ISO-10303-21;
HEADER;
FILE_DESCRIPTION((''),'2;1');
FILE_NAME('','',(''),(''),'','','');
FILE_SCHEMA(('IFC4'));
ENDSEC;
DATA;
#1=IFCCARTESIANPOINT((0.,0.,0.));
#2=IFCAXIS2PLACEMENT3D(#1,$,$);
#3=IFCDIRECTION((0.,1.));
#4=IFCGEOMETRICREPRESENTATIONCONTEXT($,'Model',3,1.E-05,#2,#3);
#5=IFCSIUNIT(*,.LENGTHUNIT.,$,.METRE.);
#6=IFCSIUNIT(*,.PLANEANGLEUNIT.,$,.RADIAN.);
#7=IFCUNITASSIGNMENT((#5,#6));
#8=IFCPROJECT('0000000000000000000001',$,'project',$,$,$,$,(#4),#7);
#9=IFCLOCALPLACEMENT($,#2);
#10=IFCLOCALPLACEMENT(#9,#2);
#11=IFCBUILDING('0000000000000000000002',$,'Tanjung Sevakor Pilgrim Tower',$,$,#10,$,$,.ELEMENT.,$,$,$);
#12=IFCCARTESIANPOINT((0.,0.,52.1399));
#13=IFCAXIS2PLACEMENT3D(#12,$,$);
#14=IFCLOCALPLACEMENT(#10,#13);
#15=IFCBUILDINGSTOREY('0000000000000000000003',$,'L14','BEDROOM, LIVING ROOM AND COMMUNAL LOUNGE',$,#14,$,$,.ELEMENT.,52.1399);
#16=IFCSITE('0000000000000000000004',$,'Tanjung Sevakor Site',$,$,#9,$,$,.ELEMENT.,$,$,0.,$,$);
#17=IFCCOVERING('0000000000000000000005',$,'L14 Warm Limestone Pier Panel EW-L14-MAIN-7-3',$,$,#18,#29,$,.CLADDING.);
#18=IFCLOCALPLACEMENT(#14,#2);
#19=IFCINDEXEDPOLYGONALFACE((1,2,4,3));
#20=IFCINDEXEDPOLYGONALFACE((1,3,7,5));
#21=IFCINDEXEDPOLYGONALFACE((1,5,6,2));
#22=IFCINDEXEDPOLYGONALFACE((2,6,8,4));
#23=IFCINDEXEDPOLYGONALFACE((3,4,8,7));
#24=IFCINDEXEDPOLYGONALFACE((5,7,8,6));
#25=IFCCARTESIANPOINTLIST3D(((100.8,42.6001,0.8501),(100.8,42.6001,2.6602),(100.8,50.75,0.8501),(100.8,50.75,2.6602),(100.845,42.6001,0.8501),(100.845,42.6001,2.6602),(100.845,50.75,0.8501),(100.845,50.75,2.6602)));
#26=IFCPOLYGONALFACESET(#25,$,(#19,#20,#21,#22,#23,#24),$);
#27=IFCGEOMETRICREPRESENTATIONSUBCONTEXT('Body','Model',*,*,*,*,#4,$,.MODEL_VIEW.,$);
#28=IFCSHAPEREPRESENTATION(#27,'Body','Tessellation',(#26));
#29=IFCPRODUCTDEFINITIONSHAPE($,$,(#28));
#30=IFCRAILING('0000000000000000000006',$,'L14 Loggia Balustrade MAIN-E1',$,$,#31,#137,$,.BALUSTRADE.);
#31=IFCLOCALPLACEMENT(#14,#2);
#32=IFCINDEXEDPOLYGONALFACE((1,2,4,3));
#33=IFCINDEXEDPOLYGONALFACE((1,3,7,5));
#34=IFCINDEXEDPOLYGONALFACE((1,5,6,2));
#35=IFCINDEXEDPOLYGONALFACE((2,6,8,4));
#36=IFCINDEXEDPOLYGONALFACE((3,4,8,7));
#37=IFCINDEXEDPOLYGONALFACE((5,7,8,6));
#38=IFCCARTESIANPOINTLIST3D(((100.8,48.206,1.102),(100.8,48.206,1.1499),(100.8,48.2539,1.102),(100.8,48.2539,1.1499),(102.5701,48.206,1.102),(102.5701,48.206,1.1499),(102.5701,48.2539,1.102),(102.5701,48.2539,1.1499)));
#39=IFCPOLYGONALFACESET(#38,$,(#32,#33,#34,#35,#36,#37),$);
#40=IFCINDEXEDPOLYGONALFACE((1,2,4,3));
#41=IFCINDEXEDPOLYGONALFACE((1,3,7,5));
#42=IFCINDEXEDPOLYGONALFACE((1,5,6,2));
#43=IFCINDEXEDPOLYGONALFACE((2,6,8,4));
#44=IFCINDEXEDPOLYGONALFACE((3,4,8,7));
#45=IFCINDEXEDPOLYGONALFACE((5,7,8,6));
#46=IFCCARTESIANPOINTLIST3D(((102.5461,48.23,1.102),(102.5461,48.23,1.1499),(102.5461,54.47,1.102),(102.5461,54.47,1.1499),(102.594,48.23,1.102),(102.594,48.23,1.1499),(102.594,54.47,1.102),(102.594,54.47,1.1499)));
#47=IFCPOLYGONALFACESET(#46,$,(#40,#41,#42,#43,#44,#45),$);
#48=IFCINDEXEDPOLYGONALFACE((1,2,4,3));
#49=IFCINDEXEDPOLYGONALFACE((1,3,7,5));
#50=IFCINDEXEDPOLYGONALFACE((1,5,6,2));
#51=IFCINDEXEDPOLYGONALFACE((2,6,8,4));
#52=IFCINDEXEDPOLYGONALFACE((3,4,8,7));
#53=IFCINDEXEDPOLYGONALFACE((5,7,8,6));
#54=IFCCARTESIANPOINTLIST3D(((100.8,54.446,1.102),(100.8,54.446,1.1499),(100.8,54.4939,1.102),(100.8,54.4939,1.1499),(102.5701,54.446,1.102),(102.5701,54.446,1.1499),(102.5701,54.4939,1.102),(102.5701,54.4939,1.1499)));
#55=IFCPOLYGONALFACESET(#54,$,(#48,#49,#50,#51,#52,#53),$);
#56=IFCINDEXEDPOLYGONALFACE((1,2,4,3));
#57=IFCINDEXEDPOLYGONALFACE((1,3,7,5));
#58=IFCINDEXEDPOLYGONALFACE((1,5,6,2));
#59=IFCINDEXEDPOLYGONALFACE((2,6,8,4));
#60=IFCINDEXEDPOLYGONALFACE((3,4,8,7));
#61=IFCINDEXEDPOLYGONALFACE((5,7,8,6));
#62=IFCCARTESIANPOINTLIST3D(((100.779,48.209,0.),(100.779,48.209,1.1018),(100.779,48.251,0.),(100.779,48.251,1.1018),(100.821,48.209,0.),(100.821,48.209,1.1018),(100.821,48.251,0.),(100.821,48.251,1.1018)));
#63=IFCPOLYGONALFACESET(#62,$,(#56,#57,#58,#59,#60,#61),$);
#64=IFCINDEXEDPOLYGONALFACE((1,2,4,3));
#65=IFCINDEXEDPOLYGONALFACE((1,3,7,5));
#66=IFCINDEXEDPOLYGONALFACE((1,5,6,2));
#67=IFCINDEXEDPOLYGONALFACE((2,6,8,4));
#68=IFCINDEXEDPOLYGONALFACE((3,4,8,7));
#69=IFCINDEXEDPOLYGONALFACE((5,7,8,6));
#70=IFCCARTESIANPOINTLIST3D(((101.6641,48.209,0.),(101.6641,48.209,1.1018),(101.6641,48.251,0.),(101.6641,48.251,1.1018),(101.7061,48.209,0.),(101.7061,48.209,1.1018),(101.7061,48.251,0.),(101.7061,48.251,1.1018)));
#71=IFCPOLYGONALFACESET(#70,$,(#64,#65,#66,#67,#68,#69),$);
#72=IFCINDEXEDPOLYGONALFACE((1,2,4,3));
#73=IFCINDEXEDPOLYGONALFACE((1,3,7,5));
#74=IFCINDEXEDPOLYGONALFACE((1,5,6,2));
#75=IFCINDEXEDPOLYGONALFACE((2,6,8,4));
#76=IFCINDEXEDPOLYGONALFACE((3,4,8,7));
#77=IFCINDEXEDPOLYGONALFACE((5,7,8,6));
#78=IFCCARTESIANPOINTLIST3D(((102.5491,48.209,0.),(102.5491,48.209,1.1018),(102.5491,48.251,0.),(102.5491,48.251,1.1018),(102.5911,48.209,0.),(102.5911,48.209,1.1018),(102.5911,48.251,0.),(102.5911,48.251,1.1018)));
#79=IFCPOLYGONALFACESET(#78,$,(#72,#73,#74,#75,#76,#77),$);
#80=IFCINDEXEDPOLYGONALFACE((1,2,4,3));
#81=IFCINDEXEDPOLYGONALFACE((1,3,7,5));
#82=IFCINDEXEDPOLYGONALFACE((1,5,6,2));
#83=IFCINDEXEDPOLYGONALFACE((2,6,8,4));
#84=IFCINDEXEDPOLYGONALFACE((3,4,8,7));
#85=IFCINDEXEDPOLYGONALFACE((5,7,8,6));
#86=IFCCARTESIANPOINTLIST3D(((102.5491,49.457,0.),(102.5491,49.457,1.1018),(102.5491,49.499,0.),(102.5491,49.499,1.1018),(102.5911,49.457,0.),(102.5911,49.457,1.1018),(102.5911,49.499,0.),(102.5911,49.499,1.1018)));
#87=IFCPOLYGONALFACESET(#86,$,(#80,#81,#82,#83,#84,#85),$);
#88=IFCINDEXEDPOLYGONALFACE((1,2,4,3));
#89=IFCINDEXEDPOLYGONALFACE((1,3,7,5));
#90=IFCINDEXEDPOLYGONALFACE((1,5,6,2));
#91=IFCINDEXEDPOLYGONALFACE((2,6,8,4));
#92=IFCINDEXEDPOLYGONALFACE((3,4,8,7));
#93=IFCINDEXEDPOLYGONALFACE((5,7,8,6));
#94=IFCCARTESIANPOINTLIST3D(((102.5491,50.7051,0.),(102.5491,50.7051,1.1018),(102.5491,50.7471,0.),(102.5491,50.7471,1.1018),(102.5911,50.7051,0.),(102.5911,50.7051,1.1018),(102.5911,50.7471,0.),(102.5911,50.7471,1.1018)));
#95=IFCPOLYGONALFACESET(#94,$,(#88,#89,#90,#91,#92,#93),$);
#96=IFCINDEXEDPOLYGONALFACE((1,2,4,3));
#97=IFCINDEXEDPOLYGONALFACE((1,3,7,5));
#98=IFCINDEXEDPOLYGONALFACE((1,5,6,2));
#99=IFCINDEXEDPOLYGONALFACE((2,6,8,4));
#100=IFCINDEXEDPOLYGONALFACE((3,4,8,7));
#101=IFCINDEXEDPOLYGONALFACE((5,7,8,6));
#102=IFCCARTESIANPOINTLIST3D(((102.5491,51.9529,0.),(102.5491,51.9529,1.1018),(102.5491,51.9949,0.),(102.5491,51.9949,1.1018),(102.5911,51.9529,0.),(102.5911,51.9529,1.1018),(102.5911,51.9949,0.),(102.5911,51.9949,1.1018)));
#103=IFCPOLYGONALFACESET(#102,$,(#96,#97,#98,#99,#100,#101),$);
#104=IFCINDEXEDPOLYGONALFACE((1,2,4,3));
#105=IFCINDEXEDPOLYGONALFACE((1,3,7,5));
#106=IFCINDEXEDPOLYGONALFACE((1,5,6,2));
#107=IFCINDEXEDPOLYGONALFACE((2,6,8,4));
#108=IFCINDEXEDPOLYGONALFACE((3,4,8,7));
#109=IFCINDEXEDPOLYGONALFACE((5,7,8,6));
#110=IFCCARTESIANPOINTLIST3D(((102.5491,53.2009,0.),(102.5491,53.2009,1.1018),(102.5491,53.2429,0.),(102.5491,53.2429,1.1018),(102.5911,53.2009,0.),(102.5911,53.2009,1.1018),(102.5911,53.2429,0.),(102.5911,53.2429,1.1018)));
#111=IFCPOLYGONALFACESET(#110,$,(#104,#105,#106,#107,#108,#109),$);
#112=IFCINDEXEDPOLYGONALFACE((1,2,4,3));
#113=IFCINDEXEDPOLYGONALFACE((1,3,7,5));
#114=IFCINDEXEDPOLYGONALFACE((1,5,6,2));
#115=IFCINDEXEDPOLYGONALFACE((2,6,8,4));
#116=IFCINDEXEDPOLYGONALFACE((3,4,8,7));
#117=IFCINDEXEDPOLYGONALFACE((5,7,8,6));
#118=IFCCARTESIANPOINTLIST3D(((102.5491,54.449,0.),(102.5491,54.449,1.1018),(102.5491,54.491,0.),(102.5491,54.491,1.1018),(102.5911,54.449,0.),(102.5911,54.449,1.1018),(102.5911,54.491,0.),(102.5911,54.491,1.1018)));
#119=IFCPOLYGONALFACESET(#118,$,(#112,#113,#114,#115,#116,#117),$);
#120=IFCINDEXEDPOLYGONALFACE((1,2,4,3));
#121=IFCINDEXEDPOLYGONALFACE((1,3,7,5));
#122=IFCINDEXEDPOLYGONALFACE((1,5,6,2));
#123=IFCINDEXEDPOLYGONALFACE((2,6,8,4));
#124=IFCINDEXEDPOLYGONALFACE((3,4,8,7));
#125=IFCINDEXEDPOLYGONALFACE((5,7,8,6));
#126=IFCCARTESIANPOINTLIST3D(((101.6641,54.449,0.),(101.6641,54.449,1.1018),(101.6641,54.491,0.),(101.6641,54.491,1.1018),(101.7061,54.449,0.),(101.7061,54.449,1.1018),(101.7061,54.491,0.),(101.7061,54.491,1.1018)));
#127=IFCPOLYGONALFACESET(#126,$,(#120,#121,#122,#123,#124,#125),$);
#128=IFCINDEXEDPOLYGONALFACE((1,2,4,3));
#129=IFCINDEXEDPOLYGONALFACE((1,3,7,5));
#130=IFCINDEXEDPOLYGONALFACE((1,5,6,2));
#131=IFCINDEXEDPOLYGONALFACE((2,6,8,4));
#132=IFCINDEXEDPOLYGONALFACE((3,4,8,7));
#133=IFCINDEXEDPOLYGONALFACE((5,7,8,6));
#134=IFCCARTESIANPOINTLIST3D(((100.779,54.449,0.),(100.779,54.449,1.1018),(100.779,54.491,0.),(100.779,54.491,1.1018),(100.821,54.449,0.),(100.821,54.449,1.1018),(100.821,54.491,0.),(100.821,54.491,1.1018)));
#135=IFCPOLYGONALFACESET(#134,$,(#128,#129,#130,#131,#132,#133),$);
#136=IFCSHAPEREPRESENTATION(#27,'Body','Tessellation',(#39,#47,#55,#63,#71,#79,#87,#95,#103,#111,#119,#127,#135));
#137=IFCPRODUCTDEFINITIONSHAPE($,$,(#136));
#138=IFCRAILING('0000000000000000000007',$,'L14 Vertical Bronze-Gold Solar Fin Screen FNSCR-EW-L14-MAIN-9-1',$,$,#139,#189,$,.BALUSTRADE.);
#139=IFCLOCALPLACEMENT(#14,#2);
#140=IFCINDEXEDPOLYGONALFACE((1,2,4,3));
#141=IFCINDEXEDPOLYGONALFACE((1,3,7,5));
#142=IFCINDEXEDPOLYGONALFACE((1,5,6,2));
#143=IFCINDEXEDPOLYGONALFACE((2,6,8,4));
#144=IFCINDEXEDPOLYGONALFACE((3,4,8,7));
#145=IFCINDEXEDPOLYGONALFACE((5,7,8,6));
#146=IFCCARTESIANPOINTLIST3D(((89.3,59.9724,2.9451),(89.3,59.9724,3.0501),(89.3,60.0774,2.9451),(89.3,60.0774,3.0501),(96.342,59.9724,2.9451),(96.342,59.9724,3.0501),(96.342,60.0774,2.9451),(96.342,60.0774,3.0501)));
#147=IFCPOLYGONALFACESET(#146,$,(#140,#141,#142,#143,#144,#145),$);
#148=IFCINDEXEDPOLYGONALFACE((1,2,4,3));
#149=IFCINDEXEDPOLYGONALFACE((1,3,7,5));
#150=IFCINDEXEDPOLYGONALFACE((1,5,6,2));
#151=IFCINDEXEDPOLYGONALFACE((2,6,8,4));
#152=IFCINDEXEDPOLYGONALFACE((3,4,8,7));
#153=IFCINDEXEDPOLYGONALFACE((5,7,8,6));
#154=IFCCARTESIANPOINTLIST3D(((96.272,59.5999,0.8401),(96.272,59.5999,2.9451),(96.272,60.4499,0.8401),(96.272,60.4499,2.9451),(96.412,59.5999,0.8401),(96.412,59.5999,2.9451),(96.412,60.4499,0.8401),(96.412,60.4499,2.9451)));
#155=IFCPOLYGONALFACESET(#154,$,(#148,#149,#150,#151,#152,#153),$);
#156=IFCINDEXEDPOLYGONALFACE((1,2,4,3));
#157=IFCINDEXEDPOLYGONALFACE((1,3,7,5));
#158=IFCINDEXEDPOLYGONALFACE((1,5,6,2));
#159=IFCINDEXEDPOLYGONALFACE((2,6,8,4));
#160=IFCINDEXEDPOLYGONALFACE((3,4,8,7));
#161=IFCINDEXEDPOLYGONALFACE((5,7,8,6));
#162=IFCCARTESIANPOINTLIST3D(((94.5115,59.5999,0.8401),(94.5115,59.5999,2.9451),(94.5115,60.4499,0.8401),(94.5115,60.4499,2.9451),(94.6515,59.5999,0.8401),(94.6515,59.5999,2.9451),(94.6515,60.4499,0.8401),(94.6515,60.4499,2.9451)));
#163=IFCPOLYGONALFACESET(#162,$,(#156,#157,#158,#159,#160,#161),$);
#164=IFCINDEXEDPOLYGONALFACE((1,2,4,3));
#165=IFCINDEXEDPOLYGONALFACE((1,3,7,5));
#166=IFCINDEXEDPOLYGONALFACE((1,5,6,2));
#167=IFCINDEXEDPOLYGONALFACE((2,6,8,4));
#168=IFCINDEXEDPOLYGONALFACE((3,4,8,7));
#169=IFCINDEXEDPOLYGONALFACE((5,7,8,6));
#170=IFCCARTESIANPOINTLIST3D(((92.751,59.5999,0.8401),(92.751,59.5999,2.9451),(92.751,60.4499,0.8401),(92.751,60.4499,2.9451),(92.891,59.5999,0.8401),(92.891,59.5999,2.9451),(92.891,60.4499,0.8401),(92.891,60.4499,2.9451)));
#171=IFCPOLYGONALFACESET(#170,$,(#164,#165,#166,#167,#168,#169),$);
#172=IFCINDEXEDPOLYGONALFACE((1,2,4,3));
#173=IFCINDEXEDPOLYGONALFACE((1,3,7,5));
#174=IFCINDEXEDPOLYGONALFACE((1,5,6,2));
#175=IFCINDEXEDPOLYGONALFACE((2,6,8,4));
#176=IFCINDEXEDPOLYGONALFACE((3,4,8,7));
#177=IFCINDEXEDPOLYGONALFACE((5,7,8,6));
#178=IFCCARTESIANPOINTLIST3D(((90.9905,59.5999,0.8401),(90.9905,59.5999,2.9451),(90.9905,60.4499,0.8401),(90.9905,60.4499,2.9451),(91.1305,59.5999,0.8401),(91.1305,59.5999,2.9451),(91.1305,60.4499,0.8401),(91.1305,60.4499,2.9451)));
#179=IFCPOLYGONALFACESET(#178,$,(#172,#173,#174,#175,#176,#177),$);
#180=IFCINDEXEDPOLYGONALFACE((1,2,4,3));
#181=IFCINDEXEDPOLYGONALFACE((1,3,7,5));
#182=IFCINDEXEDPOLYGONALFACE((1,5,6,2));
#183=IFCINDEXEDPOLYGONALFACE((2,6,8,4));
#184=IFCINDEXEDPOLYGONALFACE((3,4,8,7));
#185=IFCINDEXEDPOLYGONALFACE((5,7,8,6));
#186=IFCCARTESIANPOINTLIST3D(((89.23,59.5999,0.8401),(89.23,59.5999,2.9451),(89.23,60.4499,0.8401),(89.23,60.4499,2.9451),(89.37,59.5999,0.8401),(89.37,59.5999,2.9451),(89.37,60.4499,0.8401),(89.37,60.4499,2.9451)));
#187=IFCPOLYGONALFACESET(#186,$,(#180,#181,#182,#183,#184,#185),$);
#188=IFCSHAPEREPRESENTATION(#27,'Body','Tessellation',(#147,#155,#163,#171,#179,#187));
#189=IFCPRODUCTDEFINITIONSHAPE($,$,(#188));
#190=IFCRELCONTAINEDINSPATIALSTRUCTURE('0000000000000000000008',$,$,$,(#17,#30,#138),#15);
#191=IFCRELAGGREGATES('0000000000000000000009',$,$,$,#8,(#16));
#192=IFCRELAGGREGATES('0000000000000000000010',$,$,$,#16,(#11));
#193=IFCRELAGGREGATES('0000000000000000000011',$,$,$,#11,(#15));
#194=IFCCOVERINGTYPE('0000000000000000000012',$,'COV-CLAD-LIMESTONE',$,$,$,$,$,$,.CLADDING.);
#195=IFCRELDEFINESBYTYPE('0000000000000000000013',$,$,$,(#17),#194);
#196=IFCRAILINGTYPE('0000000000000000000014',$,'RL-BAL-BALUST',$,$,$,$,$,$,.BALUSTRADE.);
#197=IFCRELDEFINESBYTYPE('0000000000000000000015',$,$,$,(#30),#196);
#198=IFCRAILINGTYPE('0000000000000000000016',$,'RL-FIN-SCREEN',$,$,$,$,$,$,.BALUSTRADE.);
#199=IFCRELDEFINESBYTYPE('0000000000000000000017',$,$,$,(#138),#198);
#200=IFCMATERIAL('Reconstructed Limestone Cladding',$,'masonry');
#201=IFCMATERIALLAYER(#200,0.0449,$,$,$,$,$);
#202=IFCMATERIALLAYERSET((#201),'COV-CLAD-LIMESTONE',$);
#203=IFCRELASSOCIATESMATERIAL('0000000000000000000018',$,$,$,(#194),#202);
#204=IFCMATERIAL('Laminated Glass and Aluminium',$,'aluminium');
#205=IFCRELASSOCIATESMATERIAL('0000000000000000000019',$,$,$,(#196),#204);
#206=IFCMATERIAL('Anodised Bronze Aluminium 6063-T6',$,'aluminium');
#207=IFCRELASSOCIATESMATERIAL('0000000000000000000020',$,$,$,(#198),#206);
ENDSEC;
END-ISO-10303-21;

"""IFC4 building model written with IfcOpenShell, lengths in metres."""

from ifc_helpers import new_model, si_unit, direction, frame, origin, origin_2d, place, context, subcontext, project, spatial, rectangle, extrude, material, layer, layer_set, type_object, element, save


model = new_model("IFC4")

# Units and contexts
model_context = context("Model", 3, precision=1e-05, world=origin(), true_north=direction((0.0, 1.0)))
body_context = subcontext(model_context, "Body", "Model", "MODEL_VIEW")
ifc_project = project(units=[si_unit("LENGTHUNIT", "METRE"), si_unit("PLANEANGLEUNIT", "RADIAN")], contexts=[model_context])

# Site, building, storey
site_placement = place(None, origin())
site = spatial("IfcSite", under=ifc_project, at=site_placement, Name="Tanjung Sevakor Site", CompositionType="ELEMENT", RefElevation=0.0)
building_placement = place(site_placement, origin())
building = spatial("IfcBuilding", under=site, at=building_placement, Name="Tanjung Sevakor Pilgrim Tower", CompositionType="ELEMENT")
storey_placement = place(building_placement, frame((0.0, 0.0, 52.1399)))
storey = spatial("IfcBuildingStorey", under=building, at=storey_placement, Name="L14", Description="BEDROOM, LIVING ROOM AND COMMUNAL LOUNGE", CompositionType="ELEMENT", Elevation=52.1399)

# Covering
ifc_material_1 = material(Name="Reconstructed Limestone Cladding", Category="masonry")
ifc_layer_1 = layer(ifc_material_1, 0.0449)
ifc_layer_set_1 = layer_set([ifc_layer_1], Name="COV-CLAD-LIMESTONE")
covering_type = type_object("IfcCoveringType", Name="COV-CLAD-LIMESTONE", PredefinedType="CLADDING", material=ifc_layer_set_1)
covering_1_placement = place(storey_placement, frame((100.8225, 46.675, 0.8501), z_axis=(0.0, 0.0, 1.0), x_axis=(0.0, 1.0, 0.0)))
element("IfcCovering", 1, at=covering_1_placement, inside=storey, type_object=covering_type, Name="L14 Warm Limestone Pier Panel EW-L14-MAIN-7-3", PredefinedType="CLADDING", context=body_context, shape_type="SweptSolid", body=[
    extrude(rectangle(XDim=8.1499, YDim=0.0449, at=origin_2d()), origin(), (0.0, 0.0, 1.0), 1.8101),
])

# Railings
ifc_material_2 = material(Name="Laminated Glass and Aluminium", Category="aluminium")
railing_type_1 = type_object("IfcRailingType", Name="RL-BAL-BALUST", PredefinedType="BALUSTRADE", material=ifc_material_2)
railing_1_placement = place(storey_placement, frame((100.8, 48.23, 0.0)))
element("IfcRailing", 2, at=railing_1_placement, inside=storey, type_object=railing_type_1, Name="L14 Loggia Balustrade MAIN-E1", PredefinedType="BALUSTRADE", context=body_context, shape_type="SweptSolid", body=[
    extrude(rectangle(XDim=0.0479, YDim=0.0479), frame((0.0, 0.0, 1.126), z_axis=(1.0, 0.0, 0.0), x_axis=(0.0, 1.0, 0.0)), (0.0, 0.0, 1.0), 1.77),
    extrude(rectangle(XDim=0.0479, YDim=0.0479), frame((1.77, 0.0, 1.126), z_axis=(0.0, 1.0, 0.0), x_axis=(-1.0, 0.0, 0.0)), (0.0, 0.0, 1.0), 6.24),
    extrude(rectangle(XDim=0.0479, YDim=0.0479), frame((1.77, 6.24, 1.126), z_axis=(-1.0, 0.0, 0.0), x_axis=(0.0, -1.0, 0.0)), (0.0, 0.0, 1.0), 1.77),
    extrude(rectangle(XDim=0.042, YDim=0.042), origin(), (0.0, 0.0, 1.0), 1.1018),
    extrude(rectangle(XDim=0.042, YDim=0.042), frame((0.885, 0.0, 0.0)), (0.0, 0.0, 1.0), 1.1018),
    extrude(rectangle(XDim=0.042, YDim=0.042), frame((1.77, 0.0, 0.0)), (0.0, 0.0, 1.0), 1.1018),
    extrude(rectangle(XDim=0.042, YDim=0.042), frame((1.77, 1.248, 0.0)), (0.0, 0.0, 1.0), 1.1018),
    extrude(rectangle(XDim=0.042, YDim=0.042), frame((1.77, 2.4961, 0.0)), (0.0, 0.0, 1.0), 1.1018),
    extrude(rectangle(XDim=0.042, YDim=0.042), frame((1.77, 3.7439, 0.0)), (0.0, 0.0, 1.0), 1.1018),
    extrude(rectangle(XDim=0.042, YDim=0.042), frame((1.77, 4.9919, 0.0)), (0.0, 0.0, 1.0), 1.1018),
    extrude(rectangle(XDim=0.042, YDim=0.042), frame((1.77, 6.24, 0.0)), (0.0, 0.0, 1.0), 1.1018),
    extrude(rectangle(XDim=0.042, YDim=0.042), frame((0.885, 6.24, 0.0)), (0.0, 0.0, 1.0), 1.1018),
    extrude(rectangle(XDim=0.042, YDim=0.042), frame((0.0, 6.24, 0.0)), (0.0, 0.0, 1.0), 1.1018),
])
ifc_material_3 = material(Name="Anodised Bronze Aluminium 6063-T6", Category="aluminium")
railing_type_2 = type_object("IfcRailingType", Name="RL-FIN-SCREEN", PredefinedType="BALUSTRADE", material=ifc_material_3)
railing_2_placement = place(storey_placement, frame((96.342, 60.0249, 0.8401)))
element("IfcRailing", 3, at=railing_2_placement, inside=storey, type_object=railing_type_2, Name="L14 Vertical Bronze-Gold Solar Fin Screen FNSCR-EW-L14-MAIN-9-1", PredefinedType="BALUSTRADE", context=body_context, shape_type="SweptSolid", body=[
    extrude(rectangle(XDim=0.105, YDim=0.105), frame((0.0, 0.0, 2.1575), z_axis=(-1.0, 0.0, 0.0), x_axis=(0.0, -1.0, 0.0)), (0.0, 0.0, 1.0), 7.042),
    extrude(rectangle(XDim=0.14, YDim=0.85), origin(), (0.0, 0.0, 1.0), 2.105),
    extrude(rectangle(XDim=0.14, YDim=0.85), frame((-1.7605, 0.0, 0.0)), (0.0, 0.0, 1.0), 2.105),
    extrude(rectangle(XDim=0.14, YDim=0.85), frame((-3.521, 0.0, 0.0)), (0.0, 0.0, 1.0), 2.105),
    extrude(rectangle(XDim=0.14, YDim=0.85), frame((-5.2815, 0.0, 0.0)), (0.0, 0.0, 1.0), 2.105),
    extrude(rectangle(XDim=0.14, YDim=0.85), frame((-7.042, 0.0, 0.0)), (0.0, 0.0, 1.0), 2.105),
])

save(model, "model.ifc")
